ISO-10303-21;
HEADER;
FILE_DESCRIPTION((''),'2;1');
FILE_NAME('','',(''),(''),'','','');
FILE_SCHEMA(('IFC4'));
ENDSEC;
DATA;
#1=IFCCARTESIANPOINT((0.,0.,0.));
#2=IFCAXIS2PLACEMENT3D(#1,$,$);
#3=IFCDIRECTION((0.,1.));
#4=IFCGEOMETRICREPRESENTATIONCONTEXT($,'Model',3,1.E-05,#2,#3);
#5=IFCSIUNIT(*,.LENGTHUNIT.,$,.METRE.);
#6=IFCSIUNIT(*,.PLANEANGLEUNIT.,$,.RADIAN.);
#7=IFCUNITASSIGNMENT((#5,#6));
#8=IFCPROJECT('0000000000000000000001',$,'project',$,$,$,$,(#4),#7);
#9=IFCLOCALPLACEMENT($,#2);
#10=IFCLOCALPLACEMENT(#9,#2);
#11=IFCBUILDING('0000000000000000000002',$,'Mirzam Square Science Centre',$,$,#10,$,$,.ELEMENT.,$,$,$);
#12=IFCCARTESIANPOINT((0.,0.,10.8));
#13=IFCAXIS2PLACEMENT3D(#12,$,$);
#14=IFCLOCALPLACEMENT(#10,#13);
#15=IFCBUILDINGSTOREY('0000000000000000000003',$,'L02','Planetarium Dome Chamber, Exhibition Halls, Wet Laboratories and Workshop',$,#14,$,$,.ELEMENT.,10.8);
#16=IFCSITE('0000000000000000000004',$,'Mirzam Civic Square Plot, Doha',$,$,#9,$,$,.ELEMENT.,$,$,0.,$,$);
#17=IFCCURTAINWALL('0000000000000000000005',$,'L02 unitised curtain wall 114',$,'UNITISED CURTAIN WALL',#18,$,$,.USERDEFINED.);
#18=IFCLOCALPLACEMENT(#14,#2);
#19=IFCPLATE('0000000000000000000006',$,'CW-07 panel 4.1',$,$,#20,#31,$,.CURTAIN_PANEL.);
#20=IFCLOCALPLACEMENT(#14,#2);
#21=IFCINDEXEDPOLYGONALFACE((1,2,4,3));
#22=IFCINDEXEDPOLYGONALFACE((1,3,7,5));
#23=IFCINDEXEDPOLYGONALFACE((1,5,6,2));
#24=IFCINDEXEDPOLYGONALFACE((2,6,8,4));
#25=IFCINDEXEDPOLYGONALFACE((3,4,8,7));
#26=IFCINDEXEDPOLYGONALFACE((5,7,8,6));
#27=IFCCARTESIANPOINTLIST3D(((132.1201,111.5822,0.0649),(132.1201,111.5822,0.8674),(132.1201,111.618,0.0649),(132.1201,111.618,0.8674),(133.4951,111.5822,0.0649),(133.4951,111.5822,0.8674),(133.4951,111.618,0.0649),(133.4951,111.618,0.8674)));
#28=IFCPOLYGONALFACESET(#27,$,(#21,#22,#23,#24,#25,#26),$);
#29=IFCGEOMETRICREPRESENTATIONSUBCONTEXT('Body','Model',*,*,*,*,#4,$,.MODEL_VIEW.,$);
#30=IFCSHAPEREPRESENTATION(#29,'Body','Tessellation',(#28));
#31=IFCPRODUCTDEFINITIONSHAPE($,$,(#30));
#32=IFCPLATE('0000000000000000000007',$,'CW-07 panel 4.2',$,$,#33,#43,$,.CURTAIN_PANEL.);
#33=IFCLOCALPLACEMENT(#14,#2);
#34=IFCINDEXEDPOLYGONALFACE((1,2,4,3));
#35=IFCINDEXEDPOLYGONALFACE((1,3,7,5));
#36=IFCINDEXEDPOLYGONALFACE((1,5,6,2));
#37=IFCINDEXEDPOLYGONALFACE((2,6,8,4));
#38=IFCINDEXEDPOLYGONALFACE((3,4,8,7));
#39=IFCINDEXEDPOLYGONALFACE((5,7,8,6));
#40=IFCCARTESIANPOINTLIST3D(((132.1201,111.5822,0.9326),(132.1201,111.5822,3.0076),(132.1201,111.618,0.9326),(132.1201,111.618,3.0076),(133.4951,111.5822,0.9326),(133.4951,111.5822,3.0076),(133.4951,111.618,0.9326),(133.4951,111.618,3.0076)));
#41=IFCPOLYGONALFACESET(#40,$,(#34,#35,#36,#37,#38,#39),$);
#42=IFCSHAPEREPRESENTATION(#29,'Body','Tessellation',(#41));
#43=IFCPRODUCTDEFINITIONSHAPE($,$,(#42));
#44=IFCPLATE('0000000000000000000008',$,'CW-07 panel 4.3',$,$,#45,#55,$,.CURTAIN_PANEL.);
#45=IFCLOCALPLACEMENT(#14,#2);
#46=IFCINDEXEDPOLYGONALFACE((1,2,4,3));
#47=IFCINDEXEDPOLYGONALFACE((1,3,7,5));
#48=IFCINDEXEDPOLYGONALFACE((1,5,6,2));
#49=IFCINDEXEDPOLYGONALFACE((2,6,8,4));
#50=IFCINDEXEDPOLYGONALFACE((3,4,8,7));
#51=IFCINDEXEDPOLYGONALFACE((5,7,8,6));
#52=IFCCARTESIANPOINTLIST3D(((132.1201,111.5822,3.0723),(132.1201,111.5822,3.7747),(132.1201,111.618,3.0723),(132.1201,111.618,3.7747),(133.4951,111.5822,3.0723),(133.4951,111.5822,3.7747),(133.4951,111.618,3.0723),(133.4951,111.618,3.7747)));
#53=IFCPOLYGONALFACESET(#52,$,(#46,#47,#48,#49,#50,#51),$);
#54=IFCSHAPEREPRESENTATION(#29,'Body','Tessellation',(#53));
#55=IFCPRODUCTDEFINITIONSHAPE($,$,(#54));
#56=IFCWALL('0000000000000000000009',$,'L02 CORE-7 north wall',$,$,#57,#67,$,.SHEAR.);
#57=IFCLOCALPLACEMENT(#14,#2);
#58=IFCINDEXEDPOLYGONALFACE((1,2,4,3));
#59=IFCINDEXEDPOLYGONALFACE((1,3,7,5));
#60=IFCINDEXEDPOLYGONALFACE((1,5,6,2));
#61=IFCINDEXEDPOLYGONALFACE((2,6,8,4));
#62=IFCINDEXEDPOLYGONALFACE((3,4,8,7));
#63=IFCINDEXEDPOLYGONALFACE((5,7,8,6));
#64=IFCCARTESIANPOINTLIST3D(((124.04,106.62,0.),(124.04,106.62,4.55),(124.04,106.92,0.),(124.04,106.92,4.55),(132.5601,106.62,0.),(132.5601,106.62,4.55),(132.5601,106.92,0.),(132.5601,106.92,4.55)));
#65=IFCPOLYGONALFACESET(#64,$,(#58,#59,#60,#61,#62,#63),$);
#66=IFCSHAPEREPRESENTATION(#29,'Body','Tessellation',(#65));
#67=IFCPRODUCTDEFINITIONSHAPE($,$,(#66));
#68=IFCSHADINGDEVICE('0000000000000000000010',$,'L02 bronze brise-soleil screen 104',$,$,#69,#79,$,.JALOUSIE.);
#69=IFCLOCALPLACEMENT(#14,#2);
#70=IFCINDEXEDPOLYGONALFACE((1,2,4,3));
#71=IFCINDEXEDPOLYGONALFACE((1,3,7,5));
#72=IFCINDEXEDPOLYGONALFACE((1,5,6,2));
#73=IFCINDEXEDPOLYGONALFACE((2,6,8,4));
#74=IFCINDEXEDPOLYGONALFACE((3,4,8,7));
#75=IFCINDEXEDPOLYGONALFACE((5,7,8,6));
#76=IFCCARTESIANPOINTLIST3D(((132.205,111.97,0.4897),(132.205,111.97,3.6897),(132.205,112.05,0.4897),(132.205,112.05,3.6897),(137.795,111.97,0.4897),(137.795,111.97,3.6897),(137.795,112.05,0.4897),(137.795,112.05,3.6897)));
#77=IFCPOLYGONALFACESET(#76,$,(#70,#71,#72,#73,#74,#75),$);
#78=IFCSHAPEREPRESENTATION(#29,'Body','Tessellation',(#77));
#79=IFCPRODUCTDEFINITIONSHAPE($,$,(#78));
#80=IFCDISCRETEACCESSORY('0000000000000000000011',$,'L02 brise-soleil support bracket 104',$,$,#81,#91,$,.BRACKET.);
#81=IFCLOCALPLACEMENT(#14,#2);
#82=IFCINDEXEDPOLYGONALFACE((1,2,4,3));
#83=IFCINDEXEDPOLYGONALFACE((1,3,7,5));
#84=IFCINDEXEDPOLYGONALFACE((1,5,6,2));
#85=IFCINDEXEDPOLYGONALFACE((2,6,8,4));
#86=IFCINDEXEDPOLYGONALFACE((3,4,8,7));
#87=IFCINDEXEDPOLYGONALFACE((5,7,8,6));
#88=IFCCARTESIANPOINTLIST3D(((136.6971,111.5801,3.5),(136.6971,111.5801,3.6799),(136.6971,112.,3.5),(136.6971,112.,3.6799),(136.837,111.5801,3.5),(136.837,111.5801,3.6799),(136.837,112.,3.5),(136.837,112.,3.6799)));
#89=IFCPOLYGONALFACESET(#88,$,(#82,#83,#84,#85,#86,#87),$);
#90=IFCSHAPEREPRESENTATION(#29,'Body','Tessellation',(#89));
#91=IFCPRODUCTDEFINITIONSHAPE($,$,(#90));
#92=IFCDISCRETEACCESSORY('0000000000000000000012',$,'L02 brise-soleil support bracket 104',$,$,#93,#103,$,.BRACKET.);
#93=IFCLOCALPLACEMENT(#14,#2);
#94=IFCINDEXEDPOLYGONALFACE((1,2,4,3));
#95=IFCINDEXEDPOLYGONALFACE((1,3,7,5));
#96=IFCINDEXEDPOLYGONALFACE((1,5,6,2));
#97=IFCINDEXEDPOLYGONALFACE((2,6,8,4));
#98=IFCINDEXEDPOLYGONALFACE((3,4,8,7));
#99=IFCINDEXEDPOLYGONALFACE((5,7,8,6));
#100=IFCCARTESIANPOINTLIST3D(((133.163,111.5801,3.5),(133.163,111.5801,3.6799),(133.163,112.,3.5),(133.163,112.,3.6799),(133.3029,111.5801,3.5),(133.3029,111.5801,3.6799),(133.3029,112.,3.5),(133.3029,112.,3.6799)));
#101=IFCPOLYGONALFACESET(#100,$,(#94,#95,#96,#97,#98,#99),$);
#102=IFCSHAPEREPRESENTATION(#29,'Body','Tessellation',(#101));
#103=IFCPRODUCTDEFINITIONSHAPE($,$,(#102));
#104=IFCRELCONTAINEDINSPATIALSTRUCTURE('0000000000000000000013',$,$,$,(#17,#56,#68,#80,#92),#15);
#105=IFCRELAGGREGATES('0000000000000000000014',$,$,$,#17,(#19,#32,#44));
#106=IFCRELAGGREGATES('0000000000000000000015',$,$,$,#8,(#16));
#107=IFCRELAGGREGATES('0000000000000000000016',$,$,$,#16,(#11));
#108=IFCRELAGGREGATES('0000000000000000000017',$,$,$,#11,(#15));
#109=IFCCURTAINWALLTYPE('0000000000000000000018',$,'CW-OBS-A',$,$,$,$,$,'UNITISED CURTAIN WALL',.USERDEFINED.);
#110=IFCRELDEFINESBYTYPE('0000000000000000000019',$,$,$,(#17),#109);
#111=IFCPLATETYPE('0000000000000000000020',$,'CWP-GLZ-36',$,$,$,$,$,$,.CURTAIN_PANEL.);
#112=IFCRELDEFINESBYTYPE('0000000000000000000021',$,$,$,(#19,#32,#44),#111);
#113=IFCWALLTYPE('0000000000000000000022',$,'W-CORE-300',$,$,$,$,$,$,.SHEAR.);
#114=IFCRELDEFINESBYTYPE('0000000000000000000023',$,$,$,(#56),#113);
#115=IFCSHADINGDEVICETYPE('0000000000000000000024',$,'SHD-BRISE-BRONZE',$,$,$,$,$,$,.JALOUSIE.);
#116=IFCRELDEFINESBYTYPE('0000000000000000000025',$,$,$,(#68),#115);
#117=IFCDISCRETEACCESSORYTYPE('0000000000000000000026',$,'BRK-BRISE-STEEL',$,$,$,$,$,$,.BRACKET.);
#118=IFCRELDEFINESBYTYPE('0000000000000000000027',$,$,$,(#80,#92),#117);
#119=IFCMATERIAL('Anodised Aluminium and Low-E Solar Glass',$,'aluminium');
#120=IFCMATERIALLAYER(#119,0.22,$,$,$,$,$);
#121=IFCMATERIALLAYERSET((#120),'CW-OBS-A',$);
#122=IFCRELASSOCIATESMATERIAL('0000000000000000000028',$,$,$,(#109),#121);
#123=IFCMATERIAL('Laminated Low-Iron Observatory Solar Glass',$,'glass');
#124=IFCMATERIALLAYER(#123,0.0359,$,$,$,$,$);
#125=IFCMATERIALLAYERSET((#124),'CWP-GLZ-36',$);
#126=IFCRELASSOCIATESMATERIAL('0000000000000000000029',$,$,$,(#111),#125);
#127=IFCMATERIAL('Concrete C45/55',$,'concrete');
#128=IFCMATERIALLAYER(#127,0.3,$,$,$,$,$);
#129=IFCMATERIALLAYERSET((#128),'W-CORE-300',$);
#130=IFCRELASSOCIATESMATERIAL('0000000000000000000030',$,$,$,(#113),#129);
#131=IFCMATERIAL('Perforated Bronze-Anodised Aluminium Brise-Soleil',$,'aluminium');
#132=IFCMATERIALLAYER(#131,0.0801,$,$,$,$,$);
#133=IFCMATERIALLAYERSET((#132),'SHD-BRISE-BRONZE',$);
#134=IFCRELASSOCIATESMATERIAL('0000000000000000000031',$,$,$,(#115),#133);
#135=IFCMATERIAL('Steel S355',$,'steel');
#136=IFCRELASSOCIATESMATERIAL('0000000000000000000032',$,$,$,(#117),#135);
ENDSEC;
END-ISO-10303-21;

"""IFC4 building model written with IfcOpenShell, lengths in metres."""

from ifc_helpers import new_model, si_unit, direction, frame, frame_2d, origin, origin_2d, place, context, subcontext, project, spatial, rectangle, extrude, material, layer, layer_set, type_object, element, aggregate, save


model = new_model("IFC4")

# Units and contexts
model_context = context("Model", 3, precision=1e-05, world=origin(), true_north=direction((0.0, 1.0)))
body_context = subcontext(model_context, "Body", "Model", "MODEL_VIEW")
ifc_project = project(units=[si_unit("LENGTHUNIT", "METRE"), si_unit("PLANEANGLEUNIT", "RADIAN")], contexts=[model_context])

# Site, building, storey
site_placement = place(None, origin())
site = spatial("IfcSite", under=ifc_project, at=site_placement, Name="Mirzam Civic Square Plot, Doha", CompositionType="ELEMENT", RefElevation=0.0)
building_placement = place(site_placement, origin())
building = spatial("IfcBuilding", under=site, at=building_placement, Name="Mirzam Square Science Centre", CompositionType="ELEMENT")
storey_placement = place(building_placement, frame((0.0, 0.0, 10.8)))
storey = spatial("IfcBuildingStorey", under=building, at=storey_placement, Name="L02", Description="Planetarium Dome Chamber, Exhibition Halls, Wet Laboratories and Workshop", CompositionType="ELEMENT", Elevation=10.8)

# Curtain wall, plates
ifc_material_1 = material(Name="Anodised Aluminium and Low-E Solar Glass", Category="aluminium")
ifc_layer_1 = layer(ifc_material_1, 0.22)
ifc_layer_set_1 = layer_set([ifc_layer_1], Name="CW-OBS-A")
curtain_wall_type = type_object("IfcCurtainWallType", Name="CW-OBS-A", ElementType="UNITISED CURTAIN WALL", PredefinedType="USERDEFINED", material=ifc_layer_set_1)
curtain_wall_placement = place(storey_placement, origin())
curtain_wall = element("IfcCurtainWall", 1, at=curtain_wall_placement, inside=storey, type_object=curtain_wall_type, Name="L02 unitised curtain wall 114", ObjectType="UNITISED CURTAIN WALL", PredefinedType="USERDEFINED")
ifc_material_2 = material(Name="Laminated Low-Iron Observatory Solar Glass", Category="glass")
ifc_layer_2 = layer(ifc_material_2, 0.0359)
ifc_layer_set_2 = layer_set([ifc_layer_2], Name="CWP-GLZ-36")
plate_type = type_object("IfcPlateType", Name="CWP-GLZ-36", PredefinedType="CURTAIN_PANEL", material=ifc_layer_set_2)
plate_1_placement = place(storey_placement, frame((132.8076, 111.6001, 0.0649), z_axis=(0.0, 0.0, 1.0), x_axis=(-1.0, 0.0, 0.0)))
plate_1 = element("IfcPlate", 2, at=plate_1_placement, type_object=plate_type, Name="CW-07 panel 4.1", PredefinedType="CURTAIN_PANEL", context=body_context, shape_type="SweptSolid", body=[
    extrude(rectangle(XDim=1.375, YDim=0.0359, at=origin_2d()), origin(), (0.0, 0.0, 1.0), 0.8025),
])
plate_2_placement = place(storey_placement, frame((132.8076, 111.6001, 0.9326), z_axis=(0.0, 0.0, 1.0), x_axis=(-1.0, 0.0, 0.0)))
plate_2 = element("IfcPlate", 3, at=plate_2_placement, type_object=plate_type, Name="CW-07 panel 4.2", PredefinedType="CURTAIN_PANEL", context=body_context, shape_type="SweptSolid", body=[
    extrude(rectangle(XDim=1.375, YDim=0.0359, at=origin_2d()), origin(), (0.0, 0.0, 1.0), 2.075),
])
plate_3_placement = place(storey_placement, frame((132.8076, 111.6001, 3.0723), z_axis=(0.0, 0.0, 1.0), x_axis=(-1.0, 0.0, 0.0)))
plate_3 = element("IfcPlate", 4, at=plate_3_placement, type_object=plate_type, Name="CW-07 panel 4.3", PredefinedType="CURTAIN_PANEL", context=body_context, shape_type="SweptSolid", body=[
    extrude(rectangle(XDim=1.375, YDim=0.0359, at=origin_2d()), origin(), (0.0, 0.0, 1.0), 0.7024),
])
aggregate(curtain_wall, [plate_1, plate_2, plate_3])

# Wall
ifc_material_3 = material(Name="Concrete C45/55", Category="concrete")
ifc_layer_3 = layer(ifc_material_3, 0.3)
ifc_layer_set_3 = layer_set([ifc_layer_3], Name="W-CORE-300")
wall_type = type_object("IfcWallType", Name="W-CORE-300", PredefinedType="SHEAR", material=ifc_layer_set_3)
wall_placement = place(storey_placement, frame((132.5601, 106.77, 0.0), z_axis=(0.0, 0.0, 1.0), x_axis=(-1.0, 0.0, 0.0)))
element("IfcWall", 5, at=wall_placement, inside=storey, type_object=wall_type, Name="L02 CORE-7 north wall", PredefinedType="SHEAR", context=body_context, shape_type="SweptSolid", body=[
    extrude(rectangle(XDim=8.52, YDim=0.3, at=frame_2d((4.26, 0.0))), origin(), (0.0, 0.0, 1.0), 4.55),
])

# Shading device
ifc_material_4 = material(Name="Perforated Bronze-Anodised Aluminium Brise-Soleil", Category="aluminium")
ifc_layer_4 = layer(ifc_material_4, 0.0801)
ifc_layer_set_4 = layer_set([ifc_layer_4], Name="SHD-BRISE-BRONZE")
shading_device_type = type_object("IfcShadingDeviceType", Name="SHD-BRISE-BRONZE", PredefinedType="JALOUSIE", material=ifc_layer_set_4)
shading_device_placement = place(storey_placement, frame((135.0, 112.01, 0.4897), z_axis=(0.0, 0.0, 1.0), x_axis=(-1.0, 0.0, 0.0)))
element("IfcShadingDevice", 6, at=shading_device_placement, inside=storey, type_object=shading_device_type, Name="L02 bronze brise-soleil screen 104", PredefinedType="JALOUSIE", context=body_context, shape_type="SweptSolid", body=[
    extrude(rectangle(XDim=5.5901, YDim=0.0801, at=origin_2d()), origin(), (0.0, 0.0, 1.0), 3.2),
])

# Discrete accessories
ifc_material_5 = material(Name="Steel S355", Category="steel")
discrete_accessory_type = type_object("IfcDiscreteAccessoryType", Name="BRK-BRISE-STEEL", PredefinedType="BRACKET", material=ifc_material_5)
for number, where, z_axis, x_axis, name in (
    (7, (136.7671, 111.79, 3.5), (0.0, 0.0, 1.0), (-1.0, 0.0, 0.0), "L02 brise-soleil support bracket 104"),
    (8, (133.2329, 111.79, 3.5), (0.0, 0.0, 1.0), (-1.0, 0.0, 0.0), "L02 brise-soleil support bracket 104"),
):
    element("IfcDiscreteAccessory", number, at=place(storey_placement, frame(where, z_axis=z_axis, x_axis=x_axis)), inside=storey, type_object=discrete_accessory_type, Name=name, PredefinedType="BRACKET", context=body_context, shape_type="SweptSolid", body=[
        extrude(rectangle(XDim=0.1399, YDim=0.4199, at=origin_2d()), origin(), (0.0, 0.0, 1.0), 0.1799),
    ])

save(model, "model.ifc")
